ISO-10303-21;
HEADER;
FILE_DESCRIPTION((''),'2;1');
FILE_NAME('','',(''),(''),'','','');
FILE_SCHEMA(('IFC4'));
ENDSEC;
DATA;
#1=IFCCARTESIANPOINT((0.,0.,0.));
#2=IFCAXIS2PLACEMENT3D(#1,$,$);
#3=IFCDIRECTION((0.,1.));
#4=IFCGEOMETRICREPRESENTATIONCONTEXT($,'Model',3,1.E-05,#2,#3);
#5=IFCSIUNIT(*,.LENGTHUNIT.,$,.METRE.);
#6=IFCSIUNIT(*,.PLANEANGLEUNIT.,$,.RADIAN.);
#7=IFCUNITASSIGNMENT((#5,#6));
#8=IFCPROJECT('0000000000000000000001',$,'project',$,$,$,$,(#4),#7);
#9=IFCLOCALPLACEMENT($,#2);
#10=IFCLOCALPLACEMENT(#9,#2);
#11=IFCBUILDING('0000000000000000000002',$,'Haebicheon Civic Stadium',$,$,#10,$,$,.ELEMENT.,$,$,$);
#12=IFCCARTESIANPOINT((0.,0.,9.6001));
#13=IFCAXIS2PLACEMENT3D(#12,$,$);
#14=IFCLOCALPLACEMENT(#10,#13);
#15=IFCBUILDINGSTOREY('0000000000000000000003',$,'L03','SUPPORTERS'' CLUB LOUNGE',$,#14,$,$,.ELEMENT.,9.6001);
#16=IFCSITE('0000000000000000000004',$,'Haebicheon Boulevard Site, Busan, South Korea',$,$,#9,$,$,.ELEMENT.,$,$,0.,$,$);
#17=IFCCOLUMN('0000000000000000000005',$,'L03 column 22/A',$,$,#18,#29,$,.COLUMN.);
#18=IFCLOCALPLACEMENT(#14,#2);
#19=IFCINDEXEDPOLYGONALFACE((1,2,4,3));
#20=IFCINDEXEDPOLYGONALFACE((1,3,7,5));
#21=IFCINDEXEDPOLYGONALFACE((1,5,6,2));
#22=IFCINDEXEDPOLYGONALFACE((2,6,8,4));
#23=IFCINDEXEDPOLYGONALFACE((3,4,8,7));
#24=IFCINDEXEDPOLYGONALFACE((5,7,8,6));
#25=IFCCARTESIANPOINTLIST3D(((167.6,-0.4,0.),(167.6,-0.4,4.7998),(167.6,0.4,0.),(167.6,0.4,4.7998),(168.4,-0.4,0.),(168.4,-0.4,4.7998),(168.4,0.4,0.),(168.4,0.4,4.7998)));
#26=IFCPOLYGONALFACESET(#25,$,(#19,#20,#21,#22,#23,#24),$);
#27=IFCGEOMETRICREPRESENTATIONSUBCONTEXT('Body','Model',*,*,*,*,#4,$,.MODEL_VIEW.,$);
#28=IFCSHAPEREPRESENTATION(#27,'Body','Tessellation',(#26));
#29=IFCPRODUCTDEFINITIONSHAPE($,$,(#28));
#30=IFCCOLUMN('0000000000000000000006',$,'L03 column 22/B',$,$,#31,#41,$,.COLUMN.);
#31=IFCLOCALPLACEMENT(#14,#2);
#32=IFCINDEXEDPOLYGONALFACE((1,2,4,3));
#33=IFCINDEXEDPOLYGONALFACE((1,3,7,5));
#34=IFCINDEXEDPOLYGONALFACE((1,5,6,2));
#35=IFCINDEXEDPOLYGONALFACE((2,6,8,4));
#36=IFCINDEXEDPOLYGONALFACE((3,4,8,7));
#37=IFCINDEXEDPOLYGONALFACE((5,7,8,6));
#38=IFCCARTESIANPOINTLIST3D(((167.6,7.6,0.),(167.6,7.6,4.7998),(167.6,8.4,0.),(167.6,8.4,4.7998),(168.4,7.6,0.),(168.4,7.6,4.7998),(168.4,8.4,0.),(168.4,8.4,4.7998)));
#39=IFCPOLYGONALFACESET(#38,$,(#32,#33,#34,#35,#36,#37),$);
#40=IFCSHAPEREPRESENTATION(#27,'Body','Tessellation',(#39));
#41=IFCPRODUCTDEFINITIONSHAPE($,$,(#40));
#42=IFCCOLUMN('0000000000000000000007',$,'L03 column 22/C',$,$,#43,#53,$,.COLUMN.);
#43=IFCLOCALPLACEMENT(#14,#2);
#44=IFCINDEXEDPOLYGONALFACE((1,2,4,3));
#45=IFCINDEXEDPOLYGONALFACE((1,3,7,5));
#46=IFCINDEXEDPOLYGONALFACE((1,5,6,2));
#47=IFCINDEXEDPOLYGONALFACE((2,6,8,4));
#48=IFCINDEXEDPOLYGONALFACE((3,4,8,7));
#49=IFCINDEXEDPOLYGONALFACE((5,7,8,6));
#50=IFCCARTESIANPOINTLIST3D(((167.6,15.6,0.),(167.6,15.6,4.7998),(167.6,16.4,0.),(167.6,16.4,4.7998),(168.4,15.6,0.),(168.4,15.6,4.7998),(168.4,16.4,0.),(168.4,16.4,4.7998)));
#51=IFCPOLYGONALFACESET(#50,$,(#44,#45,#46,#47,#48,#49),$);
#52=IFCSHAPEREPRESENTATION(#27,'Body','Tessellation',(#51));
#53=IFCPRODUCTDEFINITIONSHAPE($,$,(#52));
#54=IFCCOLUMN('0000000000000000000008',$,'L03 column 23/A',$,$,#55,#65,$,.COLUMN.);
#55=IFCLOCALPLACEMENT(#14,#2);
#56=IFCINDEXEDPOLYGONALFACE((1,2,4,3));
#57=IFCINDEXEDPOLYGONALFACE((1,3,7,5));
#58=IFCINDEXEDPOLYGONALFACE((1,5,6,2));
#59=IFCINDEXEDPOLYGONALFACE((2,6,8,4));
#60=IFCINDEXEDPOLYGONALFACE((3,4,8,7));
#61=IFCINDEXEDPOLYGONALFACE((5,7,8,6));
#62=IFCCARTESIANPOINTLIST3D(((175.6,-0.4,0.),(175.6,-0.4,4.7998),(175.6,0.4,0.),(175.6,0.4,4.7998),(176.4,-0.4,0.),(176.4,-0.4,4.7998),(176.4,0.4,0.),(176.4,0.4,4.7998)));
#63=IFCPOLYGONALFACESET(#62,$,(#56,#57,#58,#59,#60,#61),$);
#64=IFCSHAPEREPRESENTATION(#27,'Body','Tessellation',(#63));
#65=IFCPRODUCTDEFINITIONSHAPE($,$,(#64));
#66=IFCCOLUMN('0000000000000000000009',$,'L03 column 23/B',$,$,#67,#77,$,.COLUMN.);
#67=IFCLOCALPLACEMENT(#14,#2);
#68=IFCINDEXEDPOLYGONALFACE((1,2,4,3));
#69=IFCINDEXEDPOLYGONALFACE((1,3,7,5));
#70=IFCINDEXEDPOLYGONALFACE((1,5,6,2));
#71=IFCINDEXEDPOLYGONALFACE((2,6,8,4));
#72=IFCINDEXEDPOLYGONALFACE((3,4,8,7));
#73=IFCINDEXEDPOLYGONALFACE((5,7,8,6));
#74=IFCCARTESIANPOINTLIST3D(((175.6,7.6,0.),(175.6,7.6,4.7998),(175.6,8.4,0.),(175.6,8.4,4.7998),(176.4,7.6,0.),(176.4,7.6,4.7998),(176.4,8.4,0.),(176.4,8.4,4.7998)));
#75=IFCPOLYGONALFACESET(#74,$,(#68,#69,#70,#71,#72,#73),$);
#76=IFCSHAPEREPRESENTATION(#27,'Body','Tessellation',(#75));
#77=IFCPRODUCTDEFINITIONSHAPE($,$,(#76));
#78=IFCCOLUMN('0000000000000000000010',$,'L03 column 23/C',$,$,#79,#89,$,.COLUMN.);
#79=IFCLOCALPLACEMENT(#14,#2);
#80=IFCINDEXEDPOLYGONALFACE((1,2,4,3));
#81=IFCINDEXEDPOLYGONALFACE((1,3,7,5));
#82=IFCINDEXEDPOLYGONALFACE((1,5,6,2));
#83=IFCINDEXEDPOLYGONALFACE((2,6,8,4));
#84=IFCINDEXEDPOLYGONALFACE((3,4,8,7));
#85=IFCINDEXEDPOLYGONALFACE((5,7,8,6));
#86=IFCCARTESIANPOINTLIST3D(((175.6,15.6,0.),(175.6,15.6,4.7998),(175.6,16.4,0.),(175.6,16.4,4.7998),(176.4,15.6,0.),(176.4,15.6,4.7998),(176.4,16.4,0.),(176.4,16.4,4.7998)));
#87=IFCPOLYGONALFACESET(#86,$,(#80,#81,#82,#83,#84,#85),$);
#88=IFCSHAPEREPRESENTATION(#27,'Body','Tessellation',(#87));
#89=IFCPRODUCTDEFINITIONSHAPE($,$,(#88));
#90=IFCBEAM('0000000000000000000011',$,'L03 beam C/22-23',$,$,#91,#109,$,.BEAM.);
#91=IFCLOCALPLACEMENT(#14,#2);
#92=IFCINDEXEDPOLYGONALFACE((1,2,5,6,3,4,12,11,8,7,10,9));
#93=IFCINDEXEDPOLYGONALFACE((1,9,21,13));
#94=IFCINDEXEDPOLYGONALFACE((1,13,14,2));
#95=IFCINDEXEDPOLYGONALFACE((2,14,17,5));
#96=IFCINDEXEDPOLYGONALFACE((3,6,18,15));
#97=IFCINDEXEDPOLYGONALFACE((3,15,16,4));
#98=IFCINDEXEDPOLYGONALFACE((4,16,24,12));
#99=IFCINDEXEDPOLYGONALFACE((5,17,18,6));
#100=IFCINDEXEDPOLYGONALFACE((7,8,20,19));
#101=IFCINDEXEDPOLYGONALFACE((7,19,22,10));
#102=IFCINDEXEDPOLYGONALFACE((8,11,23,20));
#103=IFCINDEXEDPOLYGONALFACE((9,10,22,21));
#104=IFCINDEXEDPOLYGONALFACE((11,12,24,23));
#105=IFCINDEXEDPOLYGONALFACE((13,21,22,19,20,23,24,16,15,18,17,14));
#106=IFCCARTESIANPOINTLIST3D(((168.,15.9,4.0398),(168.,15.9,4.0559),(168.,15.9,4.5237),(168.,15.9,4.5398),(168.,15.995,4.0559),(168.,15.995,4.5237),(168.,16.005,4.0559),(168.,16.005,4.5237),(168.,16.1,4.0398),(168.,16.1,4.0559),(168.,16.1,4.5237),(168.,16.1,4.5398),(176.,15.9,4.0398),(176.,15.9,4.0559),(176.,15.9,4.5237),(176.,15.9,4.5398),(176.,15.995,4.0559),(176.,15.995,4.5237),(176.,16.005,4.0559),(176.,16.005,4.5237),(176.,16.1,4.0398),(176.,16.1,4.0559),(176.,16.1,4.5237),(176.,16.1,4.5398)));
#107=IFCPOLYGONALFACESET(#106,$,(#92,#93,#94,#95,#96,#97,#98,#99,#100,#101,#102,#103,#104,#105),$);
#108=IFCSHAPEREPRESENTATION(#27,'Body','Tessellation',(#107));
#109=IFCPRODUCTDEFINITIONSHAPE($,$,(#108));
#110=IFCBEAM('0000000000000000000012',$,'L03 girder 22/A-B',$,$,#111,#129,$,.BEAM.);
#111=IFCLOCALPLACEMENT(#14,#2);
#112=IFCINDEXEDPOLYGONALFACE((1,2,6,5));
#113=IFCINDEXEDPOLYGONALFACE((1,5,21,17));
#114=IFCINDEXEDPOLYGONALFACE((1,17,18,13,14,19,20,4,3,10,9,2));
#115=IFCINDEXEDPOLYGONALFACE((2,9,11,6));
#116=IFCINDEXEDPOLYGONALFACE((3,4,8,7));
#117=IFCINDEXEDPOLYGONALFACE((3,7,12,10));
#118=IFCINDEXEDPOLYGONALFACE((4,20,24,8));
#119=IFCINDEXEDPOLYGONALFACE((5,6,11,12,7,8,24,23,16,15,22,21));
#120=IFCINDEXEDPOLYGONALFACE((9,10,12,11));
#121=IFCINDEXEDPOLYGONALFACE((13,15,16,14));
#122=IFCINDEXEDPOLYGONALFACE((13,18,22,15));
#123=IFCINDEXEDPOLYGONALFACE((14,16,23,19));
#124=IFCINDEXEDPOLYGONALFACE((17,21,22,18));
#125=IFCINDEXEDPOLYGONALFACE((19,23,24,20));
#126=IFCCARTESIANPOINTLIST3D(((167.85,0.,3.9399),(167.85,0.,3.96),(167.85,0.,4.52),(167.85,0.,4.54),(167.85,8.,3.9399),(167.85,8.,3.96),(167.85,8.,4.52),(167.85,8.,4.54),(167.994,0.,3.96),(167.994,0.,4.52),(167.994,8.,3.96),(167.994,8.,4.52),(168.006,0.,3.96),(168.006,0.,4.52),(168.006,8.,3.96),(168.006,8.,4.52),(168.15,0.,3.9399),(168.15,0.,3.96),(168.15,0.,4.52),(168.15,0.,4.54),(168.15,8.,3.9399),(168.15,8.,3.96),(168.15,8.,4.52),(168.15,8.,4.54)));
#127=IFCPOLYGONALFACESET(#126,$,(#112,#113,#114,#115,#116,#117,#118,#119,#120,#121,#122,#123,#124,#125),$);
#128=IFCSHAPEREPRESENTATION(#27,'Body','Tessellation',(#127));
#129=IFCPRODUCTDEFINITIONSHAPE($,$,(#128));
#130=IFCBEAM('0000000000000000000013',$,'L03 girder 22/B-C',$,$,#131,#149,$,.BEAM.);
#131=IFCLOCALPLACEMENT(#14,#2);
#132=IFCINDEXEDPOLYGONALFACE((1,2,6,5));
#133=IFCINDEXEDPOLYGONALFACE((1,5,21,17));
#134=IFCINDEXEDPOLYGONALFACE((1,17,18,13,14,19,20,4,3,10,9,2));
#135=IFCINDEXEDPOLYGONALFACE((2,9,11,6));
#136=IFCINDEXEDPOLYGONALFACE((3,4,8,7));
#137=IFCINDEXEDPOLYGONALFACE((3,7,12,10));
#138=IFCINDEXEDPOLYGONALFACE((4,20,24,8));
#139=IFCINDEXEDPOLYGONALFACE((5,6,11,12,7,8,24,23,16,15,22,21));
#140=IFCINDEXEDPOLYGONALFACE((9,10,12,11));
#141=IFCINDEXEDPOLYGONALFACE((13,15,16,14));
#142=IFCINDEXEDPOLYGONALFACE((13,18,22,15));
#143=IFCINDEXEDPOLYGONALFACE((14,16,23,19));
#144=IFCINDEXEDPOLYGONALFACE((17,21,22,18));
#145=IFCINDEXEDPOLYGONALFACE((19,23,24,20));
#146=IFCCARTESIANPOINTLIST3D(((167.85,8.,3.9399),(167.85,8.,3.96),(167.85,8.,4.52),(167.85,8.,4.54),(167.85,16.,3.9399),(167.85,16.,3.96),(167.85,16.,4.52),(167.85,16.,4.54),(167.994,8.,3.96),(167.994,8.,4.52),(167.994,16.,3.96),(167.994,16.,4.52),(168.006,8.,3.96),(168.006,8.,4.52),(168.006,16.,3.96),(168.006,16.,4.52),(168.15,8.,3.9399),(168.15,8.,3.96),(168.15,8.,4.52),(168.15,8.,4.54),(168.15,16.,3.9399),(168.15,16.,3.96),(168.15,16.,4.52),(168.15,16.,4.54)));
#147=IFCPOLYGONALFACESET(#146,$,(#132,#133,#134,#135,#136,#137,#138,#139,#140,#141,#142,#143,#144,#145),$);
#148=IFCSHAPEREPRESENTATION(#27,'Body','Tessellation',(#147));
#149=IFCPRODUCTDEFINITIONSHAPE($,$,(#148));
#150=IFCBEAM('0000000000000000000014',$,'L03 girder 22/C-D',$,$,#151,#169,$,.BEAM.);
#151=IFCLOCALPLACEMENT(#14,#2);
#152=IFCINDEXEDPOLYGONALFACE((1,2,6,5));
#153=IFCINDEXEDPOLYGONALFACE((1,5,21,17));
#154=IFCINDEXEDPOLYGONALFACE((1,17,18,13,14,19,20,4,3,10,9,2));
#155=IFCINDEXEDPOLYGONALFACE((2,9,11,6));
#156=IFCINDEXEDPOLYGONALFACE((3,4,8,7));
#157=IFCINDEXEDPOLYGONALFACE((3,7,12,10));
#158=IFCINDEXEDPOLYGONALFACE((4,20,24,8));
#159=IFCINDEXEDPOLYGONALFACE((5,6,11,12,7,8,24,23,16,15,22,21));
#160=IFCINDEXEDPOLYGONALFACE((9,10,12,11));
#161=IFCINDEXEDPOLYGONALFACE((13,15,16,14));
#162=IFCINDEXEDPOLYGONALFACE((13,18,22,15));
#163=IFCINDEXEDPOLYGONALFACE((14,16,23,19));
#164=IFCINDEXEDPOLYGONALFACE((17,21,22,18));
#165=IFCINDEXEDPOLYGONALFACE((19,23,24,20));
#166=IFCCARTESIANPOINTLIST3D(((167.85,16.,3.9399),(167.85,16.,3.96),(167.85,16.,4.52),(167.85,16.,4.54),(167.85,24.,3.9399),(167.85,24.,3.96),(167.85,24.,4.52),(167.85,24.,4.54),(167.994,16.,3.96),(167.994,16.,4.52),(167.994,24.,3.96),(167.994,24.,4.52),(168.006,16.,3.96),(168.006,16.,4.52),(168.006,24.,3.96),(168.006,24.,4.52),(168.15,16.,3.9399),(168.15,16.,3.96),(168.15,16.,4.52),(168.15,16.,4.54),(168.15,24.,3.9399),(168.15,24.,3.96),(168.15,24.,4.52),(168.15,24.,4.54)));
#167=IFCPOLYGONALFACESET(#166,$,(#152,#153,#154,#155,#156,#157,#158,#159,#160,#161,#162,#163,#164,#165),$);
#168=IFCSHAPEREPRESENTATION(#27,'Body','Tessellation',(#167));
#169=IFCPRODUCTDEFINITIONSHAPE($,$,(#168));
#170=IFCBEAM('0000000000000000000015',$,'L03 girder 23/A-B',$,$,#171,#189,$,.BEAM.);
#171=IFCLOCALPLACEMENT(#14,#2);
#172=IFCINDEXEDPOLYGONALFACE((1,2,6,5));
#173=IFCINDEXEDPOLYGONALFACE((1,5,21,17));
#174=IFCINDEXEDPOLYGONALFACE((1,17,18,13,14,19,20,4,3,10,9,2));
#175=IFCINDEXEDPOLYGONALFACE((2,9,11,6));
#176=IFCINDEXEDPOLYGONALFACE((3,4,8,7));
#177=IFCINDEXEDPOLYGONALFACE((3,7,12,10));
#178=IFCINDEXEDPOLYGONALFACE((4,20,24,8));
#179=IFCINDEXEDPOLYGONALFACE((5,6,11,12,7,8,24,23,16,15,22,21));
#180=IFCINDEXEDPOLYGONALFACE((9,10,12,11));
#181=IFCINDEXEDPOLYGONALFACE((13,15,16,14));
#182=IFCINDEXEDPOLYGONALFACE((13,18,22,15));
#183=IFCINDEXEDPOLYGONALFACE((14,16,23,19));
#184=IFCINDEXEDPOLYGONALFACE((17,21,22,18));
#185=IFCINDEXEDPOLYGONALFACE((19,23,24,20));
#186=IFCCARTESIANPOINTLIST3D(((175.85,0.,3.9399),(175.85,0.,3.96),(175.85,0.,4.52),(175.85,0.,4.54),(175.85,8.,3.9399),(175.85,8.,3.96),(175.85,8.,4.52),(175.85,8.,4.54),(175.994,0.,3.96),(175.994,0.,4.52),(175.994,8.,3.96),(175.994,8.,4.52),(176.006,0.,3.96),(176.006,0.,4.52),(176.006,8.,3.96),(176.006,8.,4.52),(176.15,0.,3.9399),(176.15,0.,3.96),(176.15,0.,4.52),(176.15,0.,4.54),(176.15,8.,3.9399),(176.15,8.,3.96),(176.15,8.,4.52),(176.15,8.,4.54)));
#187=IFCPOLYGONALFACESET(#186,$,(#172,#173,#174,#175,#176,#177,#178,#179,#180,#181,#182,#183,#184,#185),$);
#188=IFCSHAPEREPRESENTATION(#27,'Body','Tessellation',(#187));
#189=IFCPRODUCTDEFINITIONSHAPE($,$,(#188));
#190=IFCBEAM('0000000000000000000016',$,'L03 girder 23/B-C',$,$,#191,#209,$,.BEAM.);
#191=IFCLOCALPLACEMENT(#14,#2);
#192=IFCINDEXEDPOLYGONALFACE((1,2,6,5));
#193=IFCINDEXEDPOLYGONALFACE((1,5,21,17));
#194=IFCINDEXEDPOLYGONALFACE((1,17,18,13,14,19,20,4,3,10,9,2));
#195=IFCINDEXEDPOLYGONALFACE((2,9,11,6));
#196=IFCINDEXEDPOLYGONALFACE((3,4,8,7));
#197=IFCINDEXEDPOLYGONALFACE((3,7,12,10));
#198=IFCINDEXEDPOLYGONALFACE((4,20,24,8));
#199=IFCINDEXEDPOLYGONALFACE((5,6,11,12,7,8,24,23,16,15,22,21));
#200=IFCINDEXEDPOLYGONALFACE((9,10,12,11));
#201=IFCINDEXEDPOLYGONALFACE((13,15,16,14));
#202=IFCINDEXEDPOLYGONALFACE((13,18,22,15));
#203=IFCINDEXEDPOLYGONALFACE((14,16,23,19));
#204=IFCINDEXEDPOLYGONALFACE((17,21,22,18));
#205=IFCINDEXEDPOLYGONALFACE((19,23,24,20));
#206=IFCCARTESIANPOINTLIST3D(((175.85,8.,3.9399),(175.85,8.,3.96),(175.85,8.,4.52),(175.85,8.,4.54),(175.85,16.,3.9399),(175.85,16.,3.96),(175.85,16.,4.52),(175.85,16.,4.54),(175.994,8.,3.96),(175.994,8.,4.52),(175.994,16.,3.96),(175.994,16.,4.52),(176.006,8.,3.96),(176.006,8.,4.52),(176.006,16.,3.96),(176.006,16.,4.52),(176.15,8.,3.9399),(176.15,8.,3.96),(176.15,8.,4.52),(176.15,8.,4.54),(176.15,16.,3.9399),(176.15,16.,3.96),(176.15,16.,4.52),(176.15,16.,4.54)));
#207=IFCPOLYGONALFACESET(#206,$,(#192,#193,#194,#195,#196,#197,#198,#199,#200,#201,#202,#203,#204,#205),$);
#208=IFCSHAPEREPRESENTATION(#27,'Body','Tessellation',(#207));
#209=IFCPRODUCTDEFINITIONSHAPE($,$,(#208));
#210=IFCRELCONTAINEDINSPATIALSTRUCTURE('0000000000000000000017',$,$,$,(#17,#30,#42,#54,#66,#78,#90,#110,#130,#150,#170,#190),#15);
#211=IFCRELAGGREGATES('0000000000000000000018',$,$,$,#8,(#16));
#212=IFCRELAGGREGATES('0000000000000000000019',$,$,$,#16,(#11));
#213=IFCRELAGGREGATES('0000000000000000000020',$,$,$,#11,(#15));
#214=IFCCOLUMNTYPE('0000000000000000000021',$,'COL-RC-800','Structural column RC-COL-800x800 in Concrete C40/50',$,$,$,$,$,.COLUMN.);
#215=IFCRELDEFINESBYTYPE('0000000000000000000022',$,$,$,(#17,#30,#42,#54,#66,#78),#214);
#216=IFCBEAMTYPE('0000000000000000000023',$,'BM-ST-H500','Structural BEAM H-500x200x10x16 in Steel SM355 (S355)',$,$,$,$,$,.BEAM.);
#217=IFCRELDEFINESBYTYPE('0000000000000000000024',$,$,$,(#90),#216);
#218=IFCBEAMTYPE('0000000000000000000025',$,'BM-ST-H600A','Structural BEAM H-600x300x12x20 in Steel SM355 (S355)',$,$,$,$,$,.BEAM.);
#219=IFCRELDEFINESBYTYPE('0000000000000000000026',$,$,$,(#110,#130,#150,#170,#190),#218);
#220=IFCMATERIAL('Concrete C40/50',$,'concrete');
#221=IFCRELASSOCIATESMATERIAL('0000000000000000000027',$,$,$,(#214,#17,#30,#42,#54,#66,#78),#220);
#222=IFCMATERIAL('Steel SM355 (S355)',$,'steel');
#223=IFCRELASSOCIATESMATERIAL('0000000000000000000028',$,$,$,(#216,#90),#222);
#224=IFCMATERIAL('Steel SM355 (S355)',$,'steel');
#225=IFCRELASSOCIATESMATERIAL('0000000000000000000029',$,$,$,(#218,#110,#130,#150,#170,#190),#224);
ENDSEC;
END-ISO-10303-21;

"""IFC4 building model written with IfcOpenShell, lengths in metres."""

from ifc_helpers import new_model, si_unit, direction, frame, origin, origin_2d, place, context, subcontext, project, spatial, rectangle, i_section, extrude, material, material_profile, profile_set, type_object, element, save


model = new_model("IFC4")

# Units and contexts
model_context = context("Model", 3, precision=1e-05, world=origin(), true_north=direction((0.0, 1.0)))
body_context = subcontext(model_context, "Body", "Model", "MODEL_VIEW")
ifc_project = project(units=[si_unit("LENGTHUNIT", "METRE"), si_unit("PLANEANGLEUNIT", "RADIAN")], contexts=[model_context])

# Site, building, storey
site_placement = place(None, origin())
site = spatial("IfcSite", under=ifc_project, at=site_placement, Name="Haebicheon Boulevard Site, Busan, South Korea", CompositionType="ELEMENT", RefElevation=0.0)
building_placement = place(site_placement, origin())
building = spatial("IfcBuilding", under=site, at=building_placement, Name="Haebicheon Civic Stadium", CompositionType="ELEMENT")
storey_placement = place(building_placement, frame((0.0, 0.0, 9.6001)))
storey = spatial("IfcBuildingStorey", under=building, at=storey_placement, Name="L03", Description="SUPPORTERS' CLUB LOUNGE", CompositionType="ELEMENT", Elevation=9.6001)

# Columns
ifc_material_1 = material(Name="Concrete C40/50", Category="concrete")
ifc_material_profile_1 = material_profile(ifc_material_1, rectangle(XDim=0.8, YDim=0.8, at=origin_2d()), Name="RC-COL-800x800")
ifc_profile_set_1 = profile_set([ifc_material_profile_1], Name="Concrete C40/50")
column_type = type_object("IfcColumnType", Name="COL-RC-800", Description="Structural column RC-COL-800x800 in Concrete C40/50", PredefinedType="COLUMN", material=ifc_profile_set_1)
for number, where, z_axis, x_axis, name in (
    (1, (168.0, 0.0, 0.0), (0.0, 0.0, 1.0), (1.0, 0.0, 0.0), "L03 column 22/A"),
    (2, (168.0, 8.0, 0.0), (0.0, 0.0, 1.0), (1.0, 0.0, 0.0), "L03 column 22/B"),
    (3, (168.0, 16.0, 0.0), (0.0, 0.0, 1.0), (1.0, 0.0, 0.0), "L03 column 22/C"),
    (4, (176.0, 0.0, 0.0), (0.0, 0.0, 1.0), (1.0, 0.0, 0.0), "L03 column 23/A"),
    (5, (176.0, 8.0, 0.0), (0.0, 0.0, 1.0), (1.0, 0.0, 0.0), "L03 column 23/B"),
    (6, (176.0, 16.0, 0.0), (0.0, 0.0, 1.0), (1.0, 0.0, 0.0), "L03 column 23/C"),
):
    element("IfcColumn", number, at=place(storey_placement, frame(where, z_axis=z_axis, x_axis=x_axis)), inside=storey, type_object=column_type, material=ifc_profile_set_1, Name=name, PredefinedType="COLUMN", context=body_context, shape_type="SweptSolid", body=[
        extrude(rectangle(XDim=0.8, YDim=0.8, at=origin_2d()), origin(), (0.0, 0.0, 1.0), 4.7998),
    ])

# Beams
ifc_material_2 = material(Name="Steel SM355 (S355)", Category="steel")
ifc_material_profile_2 = material_profile(ifc_material_2, i_section(OverallWidth=0.2, OverallDepth=0.5, WebThickness=0.01, FlangeThickness=0.0161, at=origin_2d()), Name="H-500x200x10x16")
ifc_profile_set_2 = profile_set([ifc_material_profile_2], Name="Steel SM355 (S355)")
beam_type_1 = type_object("IfcBeamType", Name="BM-ST-H500", Description="Structural BEAM H-500x200x10x16 in Steel SM355 (S355)", PredefinedType="BEAM", material=ifc_profile_set_2)
beam_placement = place(storey_placement, frame((168.0, 16.0, 4.2898), z_axis=(1.0, 0.0, 0.0), x_axis=(0.0, 1.0, 0.0)))
element("IfcBeam", 7, at=beam_placement, inside=storey, type_object=beam_type_1, material=ifc_profile_set_2, Name="L03 beam C/22-23", PredefinedType="BEAM", context=body_context, shape_type="SweptSolid", body=[
    extrude(i_section(OverallWidth=0.2, OverallDepth=0.5, WebThickness=0.01, FlangeThickness=0.0161, at=origin_2d()), origin(), (0.0, 0.0, 1.0), 8.0),
])
ifc_material_3 = material(Name="Steel SM355 (S355)", Category="steel")
ifc_material_profile_3 = material_profile(ifc_material_3, i_section(OverallWidth=0.3, OverallDepth=0.6001, WebThickness=0.012, FlangeThickness=0.02, at=origin_2d()), Name="H-600x300x12x20")
ifc_profile_set_3 = profile_set([ifc_material_profile_3], Name="Steel SM355 (S355)")
beam_type_2 = type_object("IfcBeamType", Name="BM-ST-H600A", Description="Structural BEAM H-600x300x12x20 in Steel SM355 (S355)", PredefinedType="BEAM", material=ifc_profile_set_3)
for number, where, z_axis, x_axis, name in (
    (8, (168.0, 0.0, 4.24), (0.0, 1.0, 0.0), (-1.0, 0.0, 0.0), "L03 girder 22/A-B"),
    (9, (168.0, 8.0, 4.24), (0.0, 1.0, 0.0), (-1.0, 0.0, 0.0), "L03 girder 22/B-C"),
    (10, (168.0, 16.0, 4.24), (0.0, 1.0, 0.0), (-1.0, 0.0, 0.0), "L03 girder 22/C-D"),
    (11, (176.0, 0.0, 4.24), (0.0, 1.0, 0.0), (-1.0, 0.0, 0.0), "L03 girder 23/A-B"),
    (12, (176.0, 8.0, 4.24), (0.0, 1.0, 0.0), (-1.0, 0.0, 0.0), "L03 girder 23/B-C"),
):
    element("IfcBeam", number, at=place(storey_placement, frame(where, z_axis=z_axis, x_axis=x_axis)), inside=storey, type_object=beam_type_2, material=ifc_profile_set_3, Name=name, PredefinedType="BEAM", context=body_context, shape_type="SweptSolid", body=[
        extrude(i_section(OverallWidth=0.3, OverallDepth=0.6001, WebThickness=0.012, FlangeThickness=0.02, at=origin_2d()), origin(), (0.0, 0.0, 1.0), 8.0),
    ])

save(model, "model.ifc")
